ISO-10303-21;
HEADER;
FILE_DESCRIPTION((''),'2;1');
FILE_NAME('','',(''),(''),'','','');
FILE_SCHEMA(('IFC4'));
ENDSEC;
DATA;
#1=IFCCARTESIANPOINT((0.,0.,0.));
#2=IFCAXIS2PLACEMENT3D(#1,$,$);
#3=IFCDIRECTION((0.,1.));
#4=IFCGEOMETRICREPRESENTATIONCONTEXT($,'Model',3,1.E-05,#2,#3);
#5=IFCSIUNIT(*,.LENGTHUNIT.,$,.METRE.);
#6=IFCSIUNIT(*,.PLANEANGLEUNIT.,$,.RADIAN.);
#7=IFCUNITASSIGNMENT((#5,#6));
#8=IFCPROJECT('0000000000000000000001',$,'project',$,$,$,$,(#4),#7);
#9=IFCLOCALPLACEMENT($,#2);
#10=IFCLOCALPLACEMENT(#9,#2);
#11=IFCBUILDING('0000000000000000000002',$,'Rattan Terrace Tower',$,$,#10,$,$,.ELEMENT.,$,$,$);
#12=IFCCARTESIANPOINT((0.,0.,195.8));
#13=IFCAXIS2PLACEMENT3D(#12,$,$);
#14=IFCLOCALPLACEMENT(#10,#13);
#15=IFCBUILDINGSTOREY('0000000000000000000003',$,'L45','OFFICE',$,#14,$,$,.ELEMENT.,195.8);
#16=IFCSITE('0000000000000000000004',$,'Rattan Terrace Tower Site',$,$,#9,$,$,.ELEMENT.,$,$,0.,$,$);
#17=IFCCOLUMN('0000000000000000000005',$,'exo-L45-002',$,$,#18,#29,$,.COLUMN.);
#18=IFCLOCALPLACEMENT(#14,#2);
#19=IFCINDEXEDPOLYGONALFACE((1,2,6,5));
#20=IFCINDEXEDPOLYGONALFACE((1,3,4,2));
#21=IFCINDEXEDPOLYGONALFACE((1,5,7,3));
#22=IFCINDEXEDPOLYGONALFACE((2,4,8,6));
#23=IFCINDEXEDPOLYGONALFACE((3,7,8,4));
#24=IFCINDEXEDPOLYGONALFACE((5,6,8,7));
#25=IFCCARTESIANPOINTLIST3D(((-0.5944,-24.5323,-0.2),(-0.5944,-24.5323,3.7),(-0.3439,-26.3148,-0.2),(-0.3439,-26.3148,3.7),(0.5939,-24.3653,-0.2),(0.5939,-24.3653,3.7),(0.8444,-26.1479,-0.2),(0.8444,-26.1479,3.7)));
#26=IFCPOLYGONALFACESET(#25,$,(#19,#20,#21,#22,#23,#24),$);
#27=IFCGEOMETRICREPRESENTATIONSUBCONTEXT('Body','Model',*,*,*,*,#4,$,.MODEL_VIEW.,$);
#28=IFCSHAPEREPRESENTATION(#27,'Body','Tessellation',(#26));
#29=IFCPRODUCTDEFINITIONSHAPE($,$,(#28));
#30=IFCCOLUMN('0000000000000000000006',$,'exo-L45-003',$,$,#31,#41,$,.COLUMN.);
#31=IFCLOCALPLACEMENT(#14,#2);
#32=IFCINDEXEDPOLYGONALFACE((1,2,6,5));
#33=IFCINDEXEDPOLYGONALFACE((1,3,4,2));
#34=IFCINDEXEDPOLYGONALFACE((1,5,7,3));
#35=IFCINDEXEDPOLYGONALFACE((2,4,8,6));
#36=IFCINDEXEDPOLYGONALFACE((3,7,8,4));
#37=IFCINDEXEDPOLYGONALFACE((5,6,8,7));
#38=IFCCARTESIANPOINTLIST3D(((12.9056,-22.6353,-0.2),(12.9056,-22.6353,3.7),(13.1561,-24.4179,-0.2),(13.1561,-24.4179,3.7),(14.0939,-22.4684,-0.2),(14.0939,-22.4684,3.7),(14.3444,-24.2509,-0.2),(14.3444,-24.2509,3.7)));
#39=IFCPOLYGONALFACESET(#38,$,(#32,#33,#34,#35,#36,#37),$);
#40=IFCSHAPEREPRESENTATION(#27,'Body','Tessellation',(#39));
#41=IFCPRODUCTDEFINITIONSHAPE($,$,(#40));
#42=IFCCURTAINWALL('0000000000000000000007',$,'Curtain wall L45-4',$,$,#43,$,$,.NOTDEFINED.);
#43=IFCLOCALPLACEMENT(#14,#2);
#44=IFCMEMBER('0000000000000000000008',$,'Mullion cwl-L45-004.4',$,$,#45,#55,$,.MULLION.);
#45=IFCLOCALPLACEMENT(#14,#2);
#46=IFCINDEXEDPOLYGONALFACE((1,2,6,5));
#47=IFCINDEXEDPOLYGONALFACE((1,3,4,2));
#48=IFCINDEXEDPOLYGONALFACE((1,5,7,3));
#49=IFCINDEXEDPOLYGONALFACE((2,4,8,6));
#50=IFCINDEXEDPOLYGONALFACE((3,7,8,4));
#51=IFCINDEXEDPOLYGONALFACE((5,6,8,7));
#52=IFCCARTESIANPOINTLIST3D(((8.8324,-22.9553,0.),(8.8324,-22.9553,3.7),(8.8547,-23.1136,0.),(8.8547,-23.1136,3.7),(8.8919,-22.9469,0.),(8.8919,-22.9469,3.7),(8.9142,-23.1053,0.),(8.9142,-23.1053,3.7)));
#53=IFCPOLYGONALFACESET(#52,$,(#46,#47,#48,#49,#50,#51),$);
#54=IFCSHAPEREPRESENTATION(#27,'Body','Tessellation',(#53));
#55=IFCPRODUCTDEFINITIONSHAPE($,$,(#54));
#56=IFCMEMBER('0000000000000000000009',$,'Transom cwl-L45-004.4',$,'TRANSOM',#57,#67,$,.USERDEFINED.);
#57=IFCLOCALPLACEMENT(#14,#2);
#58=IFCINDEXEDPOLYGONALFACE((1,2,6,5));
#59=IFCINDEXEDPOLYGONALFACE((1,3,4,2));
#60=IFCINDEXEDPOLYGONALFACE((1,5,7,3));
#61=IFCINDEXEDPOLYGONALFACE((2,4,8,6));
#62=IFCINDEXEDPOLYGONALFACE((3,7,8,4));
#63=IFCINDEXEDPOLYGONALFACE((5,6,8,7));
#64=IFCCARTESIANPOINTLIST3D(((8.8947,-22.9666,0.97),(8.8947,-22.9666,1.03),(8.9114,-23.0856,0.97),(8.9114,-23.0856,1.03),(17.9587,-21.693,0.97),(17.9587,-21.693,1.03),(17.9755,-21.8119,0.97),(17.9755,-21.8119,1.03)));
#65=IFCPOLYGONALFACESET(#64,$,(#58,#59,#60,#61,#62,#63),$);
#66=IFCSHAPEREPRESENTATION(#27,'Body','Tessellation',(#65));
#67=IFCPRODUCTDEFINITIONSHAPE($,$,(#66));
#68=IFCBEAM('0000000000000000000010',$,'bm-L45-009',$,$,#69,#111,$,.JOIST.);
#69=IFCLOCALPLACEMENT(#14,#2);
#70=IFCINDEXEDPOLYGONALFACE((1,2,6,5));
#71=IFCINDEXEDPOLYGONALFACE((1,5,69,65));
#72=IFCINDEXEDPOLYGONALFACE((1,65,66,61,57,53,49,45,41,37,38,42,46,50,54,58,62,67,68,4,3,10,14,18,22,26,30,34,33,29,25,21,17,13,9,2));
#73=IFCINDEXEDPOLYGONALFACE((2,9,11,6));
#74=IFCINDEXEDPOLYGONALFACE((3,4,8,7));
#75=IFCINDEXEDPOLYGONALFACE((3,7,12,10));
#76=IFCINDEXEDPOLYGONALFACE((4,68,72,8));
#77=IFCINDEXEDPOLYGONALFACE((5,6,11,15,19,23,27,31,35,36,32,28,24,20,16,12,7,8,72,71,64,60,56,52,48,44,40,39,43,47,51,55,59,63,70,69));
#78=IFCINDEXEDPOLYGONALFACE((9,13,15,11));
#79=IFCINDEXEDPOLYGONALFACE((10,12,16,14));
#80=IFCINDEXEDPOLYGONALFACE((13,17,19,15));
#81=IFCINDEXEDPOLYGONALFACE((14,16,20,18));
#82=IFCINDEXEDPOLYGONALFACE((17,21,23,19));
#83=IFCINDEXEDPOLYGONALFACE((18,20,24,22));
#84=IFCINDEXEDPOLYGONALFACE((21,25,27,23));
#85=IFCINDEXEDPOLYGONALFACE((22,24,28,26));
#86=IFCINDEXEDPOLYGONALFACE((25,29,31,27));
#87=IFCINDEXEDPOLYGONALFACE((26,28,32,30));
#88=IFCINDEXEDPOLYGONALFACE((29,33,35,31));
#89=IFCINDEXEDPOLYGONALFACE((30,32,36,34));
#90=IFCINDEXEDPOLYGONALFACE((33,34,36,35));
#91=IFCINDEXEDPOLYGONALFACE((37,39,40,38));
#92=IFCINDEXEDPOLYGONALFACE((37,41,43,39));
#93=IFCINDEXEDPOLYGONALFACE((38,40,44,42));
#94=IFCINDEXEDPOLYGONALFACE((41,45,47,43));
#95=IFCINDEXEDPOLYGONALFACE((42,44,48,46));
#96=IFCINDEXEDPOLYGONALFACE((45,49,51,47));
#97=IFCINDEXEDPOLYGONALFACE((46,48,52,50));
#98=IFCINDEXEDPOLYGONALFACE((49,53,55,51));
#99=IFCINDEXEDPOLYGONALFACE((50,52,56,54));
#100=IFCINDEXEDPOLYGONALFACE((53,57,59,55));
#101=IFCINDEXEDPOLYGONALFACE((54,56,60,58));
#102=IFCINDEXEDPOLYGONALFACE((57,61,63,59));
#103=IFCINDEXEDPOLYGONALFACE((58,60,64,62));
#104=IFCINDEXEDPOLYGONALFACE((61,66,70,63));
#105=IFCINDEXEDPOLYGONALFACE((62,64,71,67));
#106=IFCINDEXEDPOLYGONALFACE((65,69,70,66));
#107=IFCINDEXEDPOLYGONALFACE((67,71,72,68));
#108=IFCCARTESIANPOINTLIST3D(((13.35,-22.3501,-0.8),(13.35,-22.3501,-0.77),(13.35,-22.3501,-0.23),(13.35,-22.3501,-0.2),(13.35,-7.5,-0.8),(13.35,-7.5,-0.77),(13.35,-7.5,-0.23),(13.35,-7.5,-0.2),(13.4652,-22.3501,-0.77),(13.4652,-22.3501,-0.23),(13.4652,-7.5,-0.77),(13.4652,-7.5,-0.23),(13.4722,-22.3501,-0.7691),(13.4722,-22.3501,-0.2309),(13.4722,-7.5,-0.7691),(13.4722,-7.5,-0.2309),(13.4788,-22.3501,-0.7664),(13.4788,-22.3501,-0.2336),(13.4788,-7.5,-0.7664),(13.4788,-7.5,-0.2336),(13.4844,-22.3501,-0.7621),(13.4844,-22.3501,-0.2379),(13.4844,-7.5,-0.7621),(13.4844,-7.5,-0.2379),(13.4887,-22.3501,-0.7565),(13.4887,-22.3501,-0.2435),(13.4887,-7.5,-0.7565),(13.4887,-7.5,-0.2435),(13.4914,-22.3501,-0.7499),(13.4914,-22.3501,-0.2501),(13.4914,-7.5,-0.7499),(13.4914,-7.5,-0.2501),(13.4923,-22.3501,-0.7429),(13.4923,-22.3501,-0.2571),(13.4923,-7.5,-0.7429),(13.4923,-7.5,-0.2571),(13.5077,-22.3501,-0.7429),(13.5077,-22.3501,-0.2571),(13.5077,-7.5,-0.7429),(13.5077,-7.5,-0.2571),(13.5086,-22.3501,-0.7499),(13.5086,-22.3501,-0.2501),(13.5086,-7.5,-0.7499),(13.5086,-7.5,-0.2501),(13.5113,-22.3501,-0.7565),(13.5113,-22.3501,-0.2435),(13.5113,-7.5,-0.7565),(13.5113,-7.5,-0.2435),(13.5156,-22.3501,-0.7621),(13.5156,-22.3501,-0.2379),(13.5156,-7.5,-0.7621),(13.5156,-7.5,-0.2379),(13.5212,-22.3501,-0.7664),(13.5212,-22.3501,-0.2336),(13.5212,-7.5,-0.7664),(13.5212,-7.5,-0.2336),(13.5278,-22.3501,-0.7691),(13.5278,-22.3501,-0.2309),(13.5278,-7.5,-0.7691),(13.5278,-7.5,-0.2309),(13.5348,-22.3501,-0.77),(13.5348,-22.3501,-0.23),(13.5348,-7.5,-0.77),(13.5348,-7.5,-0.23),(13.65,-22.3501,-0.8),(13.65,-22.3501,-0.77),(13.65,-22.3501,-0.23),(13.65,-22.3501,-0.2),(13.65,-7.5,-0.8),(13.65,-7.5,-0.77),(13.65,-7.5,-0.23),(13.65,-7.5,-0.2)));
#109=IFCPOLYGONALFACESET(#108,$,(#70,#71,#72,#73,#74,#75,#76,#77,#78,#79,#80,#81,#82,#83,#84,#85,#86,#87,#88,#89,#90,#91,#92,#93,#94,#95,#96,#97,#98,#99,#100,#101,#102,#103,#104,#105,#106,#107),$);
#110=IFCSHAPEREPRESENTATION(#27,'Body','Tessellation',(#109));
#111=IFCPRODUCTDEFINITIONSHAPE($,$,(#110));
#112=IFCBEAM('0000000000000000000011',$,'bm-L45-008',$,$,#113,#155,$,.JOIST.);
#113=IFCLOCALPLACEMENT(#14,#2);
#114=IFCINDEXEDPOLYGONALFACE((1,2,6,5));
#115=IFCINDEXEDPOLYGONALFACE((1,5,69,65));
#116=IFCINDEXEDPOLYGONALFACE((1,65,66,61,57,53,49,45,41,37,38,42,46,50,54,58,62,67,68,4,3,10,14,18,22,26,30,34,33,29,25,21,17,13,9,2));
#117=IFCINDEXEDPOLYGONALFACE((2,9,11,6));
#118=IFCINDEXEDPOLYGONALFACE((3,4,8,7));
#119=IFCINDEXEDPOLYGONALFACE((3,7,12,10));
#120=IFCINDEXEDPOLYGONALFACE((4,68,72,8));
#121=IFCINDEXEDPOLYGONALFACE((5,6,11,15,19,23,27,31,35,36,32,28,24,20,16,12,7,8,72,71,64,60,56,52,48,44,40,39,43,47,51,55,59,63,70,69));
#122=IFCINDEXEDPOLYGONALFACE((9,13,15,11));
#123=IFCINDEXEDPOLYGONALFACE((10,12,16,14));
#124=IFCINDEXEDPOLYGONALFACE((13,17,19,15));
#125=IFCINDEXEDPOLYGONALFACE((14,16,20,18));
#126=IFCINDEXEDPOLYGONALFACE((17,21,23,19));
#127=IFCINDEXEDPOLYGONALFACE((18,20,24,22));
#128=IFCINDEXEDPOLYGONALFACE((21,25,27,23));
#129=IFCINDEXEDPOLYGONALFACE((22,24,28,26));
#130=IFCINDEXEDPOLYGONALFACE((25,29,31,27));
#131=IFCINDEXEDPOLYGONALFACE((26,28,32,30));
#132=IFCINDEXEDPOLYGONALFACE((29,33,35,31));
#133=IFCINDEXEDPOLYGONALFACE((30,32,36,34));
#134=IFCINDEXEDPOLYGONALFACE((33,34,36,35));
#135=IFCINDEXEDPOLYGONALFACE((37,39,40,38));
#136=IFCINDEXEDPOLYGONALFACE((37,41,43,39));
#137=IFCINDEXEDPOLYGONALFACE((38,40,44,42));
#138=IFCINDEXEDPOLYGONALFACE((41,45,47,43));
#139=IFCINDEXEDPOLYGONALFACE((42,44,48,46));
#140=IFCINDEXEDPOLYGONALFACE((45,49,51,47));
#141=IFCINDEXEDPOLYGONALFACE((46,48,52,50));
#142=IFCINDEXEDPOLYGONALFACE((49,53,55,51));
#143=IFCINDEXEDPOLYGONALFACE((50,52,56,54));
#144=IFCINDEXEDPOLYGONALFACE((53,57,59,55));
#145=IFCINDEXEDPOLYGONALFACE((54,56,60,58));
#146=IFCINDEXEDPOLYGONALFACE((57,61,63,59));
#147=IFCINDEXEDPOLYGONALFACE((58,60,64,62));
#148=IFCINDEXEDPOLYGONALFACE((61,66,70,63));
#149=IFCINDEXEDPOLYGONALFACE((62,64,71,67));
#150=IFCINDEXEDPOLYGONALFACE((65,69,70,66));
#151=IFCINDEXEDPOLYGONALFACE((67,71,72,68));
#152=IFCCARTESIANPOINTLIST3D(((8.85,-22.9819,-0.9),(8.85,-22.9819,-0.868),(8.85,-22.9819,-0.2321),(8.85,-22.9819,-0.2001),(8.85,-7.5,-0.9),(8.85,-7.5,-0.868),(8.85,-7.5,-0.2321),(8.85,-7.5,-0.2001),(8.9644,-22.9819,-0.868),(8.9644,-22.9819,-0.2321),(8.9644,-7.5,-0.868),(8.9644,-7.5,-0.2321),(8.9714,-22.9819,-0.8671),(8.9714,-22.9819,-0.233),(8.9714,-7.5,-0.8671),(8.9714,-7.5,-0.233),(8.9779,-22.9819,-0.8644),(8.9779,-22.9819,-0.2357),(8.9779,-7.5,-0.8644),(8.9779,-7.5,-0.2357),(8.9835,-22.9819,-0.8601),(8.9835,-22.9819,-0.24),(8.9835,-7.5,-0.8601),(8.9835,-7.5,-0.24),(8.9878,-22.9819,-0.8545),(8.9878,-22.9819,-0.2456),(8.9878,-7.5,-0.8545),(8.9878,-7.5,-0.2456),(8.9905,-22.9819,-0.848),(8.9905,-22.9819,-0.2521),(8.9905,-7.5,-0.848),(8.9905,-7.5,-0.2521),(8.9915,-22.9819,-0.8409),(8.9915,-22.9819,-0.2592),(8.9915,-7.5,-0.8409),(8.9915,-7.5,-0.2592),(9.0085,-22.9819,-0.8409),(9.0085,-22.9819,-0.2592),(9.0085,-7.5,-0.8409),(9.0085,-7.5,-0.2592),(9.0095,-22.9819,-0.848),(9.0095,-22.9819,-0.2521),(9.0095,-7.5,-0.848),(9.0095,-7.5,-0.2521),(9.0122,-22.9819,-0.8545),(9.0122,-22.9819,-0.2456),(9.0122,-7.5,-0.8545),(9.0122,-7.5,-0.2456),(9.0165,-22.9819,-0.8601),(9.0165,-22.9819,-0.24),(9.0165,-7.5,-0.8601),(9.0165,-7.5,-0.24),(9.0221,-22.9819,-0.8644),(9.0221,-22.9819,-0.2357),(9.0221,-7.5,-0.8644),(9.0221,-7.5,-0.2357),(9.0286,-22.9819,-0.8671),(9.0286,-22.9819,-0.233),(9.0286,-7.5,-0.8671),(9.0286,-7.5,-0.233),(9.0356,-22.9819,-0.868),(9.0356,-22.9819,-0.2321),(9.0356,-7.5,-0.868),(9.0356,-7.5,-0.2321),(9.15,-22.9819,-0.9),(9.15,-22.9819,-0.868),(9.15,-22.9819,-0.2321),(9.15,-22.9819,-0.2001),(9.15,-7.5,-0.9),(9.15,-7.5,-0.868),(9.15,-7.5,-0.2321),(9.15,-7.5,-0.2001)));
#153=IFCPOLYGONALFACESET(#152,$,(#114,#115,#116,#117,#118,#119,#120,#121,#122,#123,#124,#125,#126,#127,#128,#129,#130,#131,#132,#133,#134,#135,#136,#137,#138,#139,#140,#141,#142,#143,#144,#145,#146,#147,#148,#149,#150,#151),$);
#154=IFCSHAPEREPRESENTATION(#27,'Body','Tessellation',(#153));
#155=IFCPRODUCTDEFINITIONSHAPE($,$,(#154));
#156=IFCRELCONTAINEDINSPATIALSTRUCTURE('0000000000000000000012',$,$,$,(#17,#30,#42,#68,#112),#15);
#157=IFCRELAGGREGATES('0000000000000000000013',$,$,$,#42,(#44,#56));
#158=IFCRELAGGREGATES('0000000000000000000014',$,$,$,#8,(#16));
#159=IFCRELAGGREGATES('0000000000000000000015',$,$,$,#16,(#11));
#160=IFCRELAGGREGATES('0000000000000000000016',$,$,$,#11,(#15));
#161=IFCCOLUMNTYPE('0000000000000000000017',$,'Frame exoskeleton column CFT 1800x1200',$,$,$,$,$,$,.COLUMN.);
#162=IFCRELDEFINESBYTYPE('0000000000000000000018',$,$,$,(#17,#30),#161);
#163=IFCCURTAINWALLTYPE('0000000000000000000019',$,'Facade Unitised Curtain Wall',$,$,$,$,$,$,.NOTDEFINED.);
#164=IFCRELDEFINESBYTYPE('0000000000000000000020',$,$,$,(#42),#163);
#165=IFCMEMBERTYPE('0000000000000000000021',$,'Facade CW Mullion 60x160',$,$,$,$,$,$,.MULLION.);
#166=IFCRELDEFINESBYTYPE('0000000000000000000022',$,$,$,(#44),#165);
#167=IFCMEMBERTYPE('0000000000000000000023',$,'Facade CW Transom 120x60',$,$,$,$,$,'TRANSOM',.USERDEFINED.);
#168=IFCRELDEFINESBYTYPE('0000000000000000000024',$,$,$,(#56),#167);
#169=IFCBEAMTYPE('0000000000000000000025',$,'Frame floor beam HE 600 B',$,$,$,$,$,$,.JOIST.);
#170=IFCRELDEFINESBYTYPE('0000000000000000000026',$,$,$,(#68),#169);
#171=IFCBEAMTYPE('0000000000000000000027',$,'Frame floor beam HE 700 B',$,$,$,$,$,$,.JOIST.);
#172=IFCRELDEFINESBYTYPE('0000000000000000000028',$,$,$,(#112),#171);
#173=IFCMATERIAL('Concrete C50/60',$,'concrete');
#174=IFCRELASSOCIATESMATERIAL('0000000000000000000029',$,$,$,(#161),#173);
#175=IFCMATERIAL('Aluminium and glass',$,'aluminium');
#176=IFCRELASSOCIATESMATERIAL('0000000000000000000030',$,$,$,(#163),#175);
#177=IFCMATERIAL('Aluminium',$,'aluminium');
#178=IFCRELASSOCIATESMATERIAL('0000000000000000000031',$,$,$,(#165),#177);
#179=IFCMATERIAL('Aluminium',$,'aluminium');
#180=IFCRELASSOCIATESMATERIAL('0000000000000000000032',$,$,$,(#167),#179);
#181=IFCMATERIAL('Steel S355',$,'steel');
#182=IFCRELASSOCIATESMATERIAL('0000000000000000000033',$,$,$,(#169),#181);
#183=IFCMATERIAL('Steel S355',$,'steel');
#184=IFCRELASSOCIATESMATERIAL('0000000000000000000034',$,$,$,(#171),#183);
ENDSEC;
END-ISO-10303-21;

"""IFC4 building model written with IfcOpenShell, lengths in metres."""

from ifc_helpers import new_model, si_unit, direction, frame, origin, origin_2d, place, context, subcontext, project, spatial, rectangle, i_section, extrude, material, material_profile, profile_set, type_object, element, aggregate, save


model = new_model("IFC4")

# Units and contexts
model_context = context("Model", 3, precision=1e-05, world=origin(), true_north=direction((0.0, 1.0)))
body_context = subcontext(model_context, "Body", "Model", "MODEL_VIEW")
ifc_project = project(units=[si_unit("LENGTHUNIT", "METRE"), si_unit("PLANEANGLEUNIT", "RADIAN")], contexts=[model_context])

# Site, building, storey
site_placement = place(None, origin())
site = spatial("IfcSite", under=ifc_project, at=site_placement, Name="Rattan Terrace Tower Site", CompositionType="ELEMENT", RefElevation=0.0)
building_placement = place(site_placement, origin())
building = spatial("IfcBuilding", under=site, at=building_placement, Name="Rattan Terrace Tower", CompositionType="ELEMENT")
storey_placement = place(building_placement, frame((0.0, 0.0, 195.8)))
storey = spatial("IfcBuildingStorey", under=building, at=storey_placement, Name="L45", Description="OFFICE", CompositionType="ELEMENT", Elevation=195.8)

# Columns
ifc_material_1 = material(Name="Concrete C50/60", Category="concrete")
ifc_material_profile_1 = material_profile(ifc_material_1, rectangle(XDim=1.2, YDim=1.8, at=origin_2d()), Name="CFT 1800x1200")
ifc_profile_set_1 = profile_set([ifc_material_profile_1], Name="Concrete C50/60")
column_type = type_object("IfcColumnType", Name="Frame exoskeleton column CFT 1800x1200", PredefinedType="COLUMN", material=ifc_profile_set_1)
for number, where, z_axis, x_axis, name in (
    (1, (0.125, -25.3401, -0.2), (0.0, 0.0, 1.0), (0.99027, 0.139156, 0.0), "exo-L45-002"),
    (2, (13.625, -23.4431, -0.2), (0.0, 0.0, 1.0), (0.99027, 0.139156, 0.0), "exo-L45-003"),
):
    element("IfcColumn", number, at=place(storey_placement, frame(where, z_axis=z_axis, x_axis=x_axis)), inside=storey, type_object=column_type, Name=name, PredefinedType="COLUMN", context=body_context, shape_type="SweptSolid", body=[
        extrude(rectangle(XDim=1.2, YDim=1.8, at=origin_2d()), origin(), (0.0, 0.0, 1.0), 3.8999),
    ])

# Curtain wall, members
ifc_material_2 = material(Name="Aluminium and glass", Category="aluminium")
curtain_wall_type = type_object("IfcCurtainWallType", Name="Facade Unitised Curtain Wall", PredefinedType="NOTDEFINED", material=ifc_material_2)
curtain_wall_placement = place(storey_placement, origin())
curtain_wall = element("IfcCurtainWall", 3, at=curtain_wall_placement, inside=storey, type_object=curtain_wall_type, Name="Curtain wall L45-4", PredefinedType="NOTDEFINED")
ifc_material_3 = material(Name="Aluminium", Category="aluminium")
ifc_material_profile_2 = material_profile(ifc_material_3, rectangle(XDim=0.0601, YDim=0.1599, at=origin_2d()), Name="Aluminium 60x160")
ifc_profile_set_2 = profile_set([ifc_material_profile_2], Name="Aluminium")
member_type_1 = type_object("IfcMemberType", Name="Facade CW Mullion 60x160", PredefinedType="MULLION", material=ifc_profile_set_2)
member_1_placement = place(storey_placement, frame((8.8733, -23.0303, 0.0), z_axis=(0.0, 0.0, 1.0), x_axis=(0.99027, 0.139161, 0.0)))
member_1 = element("IfcMember", 4, at=member_1_placement, type_object=member_type_1, Name="Mullion cwl-L45-004.4", PredefinedType="MULLION", context=body_context, shape_type="SweptSolid", body=[
    extrude(rectangle(XDim=0.0601, YDim=0.1599, at=origin_2d()), origin(), (0.0, 0.0, 1.0), 3.7),
])
ifc_material_4 = material(Name="Aluminium", Category="aluminium")
ifc_material_profile_3 = material_profile(ifc_material_4, rectangle(XDim=0.1201, YDim=0.0601, at=origin_2d()), Name="Aluminium 120x60")
ifc_profile_set_3 = profile_set([ifc_material_profile_3], Name="Aluminium")
member_type_2 = type_object("IfcMemberType", Name="Facade CW Transom 120x60", ElementType="TRANSOM", PredefinedType="USERDEFINED", material=ifc_profile_set_3)
member_2_placement = place(storey_placement, frame((8.9031, -23.0261, 1.0), z_axis=(0.990271, 0.139154, 0.0), x_axis=(-0.139154, 0.990271, 0.0)))
member_2 = element("IfcMember", 5, at=member_2_placement, type_object=member_type_2, Name="Transom cwl-L45-004.4", ObjectType="TRANSOM", PredefinedType="USERDEFINED", context=body_context, shape_type="SweptSolid", body=[
    extrude(rectangle(XDim=0.1201, YDim=0.0601, at=origin_2d()), origin(), (0.0, 0.0, 1.0), 9.1531),
])

# Beams
ifc_material_5 = material(Name="Steel S355", Category="steel")
ifc_material_profile_4 = material_profile(ifc_material_5, i_section(OverallWidth=0.3, OverallDepth=0.6001, WebThickness=0.0154, FlangeThickness=0.03, FilletRadius=0.0271, at=origin_2d()), Name="HE 600 B")
ifc_profile_set_4 = profile_set([ifc_material_profile_4], Name="Steel S355")
beam_type_1 = type_object("IfcBeamType", Name="Frame floor beam HE 600 B", PredefinedType="JOIST", material=ifc_profile_set_4)
beam_1_placement = place(storey_placement, frame((13.5, -22.3501, -0.5), z_axis=(0.0, 1.0, 0.0), x_axis=(-1.0, 0.0, 0.0)))
element("IfcBeam", 6, at=beam_1_placement, inside=storey, type_object=beam_type_1, Name="bm-L45-009", PredefinedType="JOIST", context=body_context, shape_type="SweptSolid", body=[
    extrude(i_section(OverallWidth=0.3, OverallDepth=0.6001, WebThickness=0.0154, FlangeThickness=0.03, FilletRadius=0.0271, at=origin_2d()), origin(), (0.0, 0.0, 1.0), 14.8501),
])
ifc_material_6 = material(Name="Steel S355", Category="steel")
ifc_material_profile_5 = material_profile(ifc_material_6, i_section(OverallWidth=0.3, OverallDepth=0.7, WebThickness=0.0171, FlangeThickness=0.032, FilletRadius=0.0271, at=origin_2d()), Name="HE 700 B")
ifc_profile_set_5 = profile_set([ifc_material_profile_5], Name="Steel S355")
beam_type_2 = type_object("IfcBeamType", Name="Frame floor beam HE 700 B", PredefinedType="JOIST", material=ifc_profile_set_5)
beam_2_placement = place(storey_placement, frame((9.0, -22.9819, -0.55), z_axis=(0.0, 1.0, 0.0), x_axis=(-1.0, 0.0, 0.0)))
element("IfcBeam", 7, at=beam_2_placement, inside=storey, type_object=beam_type_2, Name="bm-L45-008", PredefinedType="JOIST", context=body_context, shape_type="SweptSolid", body=[
    extrude(i_section(OverallWidth=0.3, OverallDepth=0.7, WebThickness=0.0171, FlangeThickness=0.032, FilletRadius=0.0271, at=origin_2d()), origin(), (0.0, 0.0, 1.0), 15.4819),
])

aggregate(curtain_wall, [member_1, member_2])

save(model, "model.ifc")
